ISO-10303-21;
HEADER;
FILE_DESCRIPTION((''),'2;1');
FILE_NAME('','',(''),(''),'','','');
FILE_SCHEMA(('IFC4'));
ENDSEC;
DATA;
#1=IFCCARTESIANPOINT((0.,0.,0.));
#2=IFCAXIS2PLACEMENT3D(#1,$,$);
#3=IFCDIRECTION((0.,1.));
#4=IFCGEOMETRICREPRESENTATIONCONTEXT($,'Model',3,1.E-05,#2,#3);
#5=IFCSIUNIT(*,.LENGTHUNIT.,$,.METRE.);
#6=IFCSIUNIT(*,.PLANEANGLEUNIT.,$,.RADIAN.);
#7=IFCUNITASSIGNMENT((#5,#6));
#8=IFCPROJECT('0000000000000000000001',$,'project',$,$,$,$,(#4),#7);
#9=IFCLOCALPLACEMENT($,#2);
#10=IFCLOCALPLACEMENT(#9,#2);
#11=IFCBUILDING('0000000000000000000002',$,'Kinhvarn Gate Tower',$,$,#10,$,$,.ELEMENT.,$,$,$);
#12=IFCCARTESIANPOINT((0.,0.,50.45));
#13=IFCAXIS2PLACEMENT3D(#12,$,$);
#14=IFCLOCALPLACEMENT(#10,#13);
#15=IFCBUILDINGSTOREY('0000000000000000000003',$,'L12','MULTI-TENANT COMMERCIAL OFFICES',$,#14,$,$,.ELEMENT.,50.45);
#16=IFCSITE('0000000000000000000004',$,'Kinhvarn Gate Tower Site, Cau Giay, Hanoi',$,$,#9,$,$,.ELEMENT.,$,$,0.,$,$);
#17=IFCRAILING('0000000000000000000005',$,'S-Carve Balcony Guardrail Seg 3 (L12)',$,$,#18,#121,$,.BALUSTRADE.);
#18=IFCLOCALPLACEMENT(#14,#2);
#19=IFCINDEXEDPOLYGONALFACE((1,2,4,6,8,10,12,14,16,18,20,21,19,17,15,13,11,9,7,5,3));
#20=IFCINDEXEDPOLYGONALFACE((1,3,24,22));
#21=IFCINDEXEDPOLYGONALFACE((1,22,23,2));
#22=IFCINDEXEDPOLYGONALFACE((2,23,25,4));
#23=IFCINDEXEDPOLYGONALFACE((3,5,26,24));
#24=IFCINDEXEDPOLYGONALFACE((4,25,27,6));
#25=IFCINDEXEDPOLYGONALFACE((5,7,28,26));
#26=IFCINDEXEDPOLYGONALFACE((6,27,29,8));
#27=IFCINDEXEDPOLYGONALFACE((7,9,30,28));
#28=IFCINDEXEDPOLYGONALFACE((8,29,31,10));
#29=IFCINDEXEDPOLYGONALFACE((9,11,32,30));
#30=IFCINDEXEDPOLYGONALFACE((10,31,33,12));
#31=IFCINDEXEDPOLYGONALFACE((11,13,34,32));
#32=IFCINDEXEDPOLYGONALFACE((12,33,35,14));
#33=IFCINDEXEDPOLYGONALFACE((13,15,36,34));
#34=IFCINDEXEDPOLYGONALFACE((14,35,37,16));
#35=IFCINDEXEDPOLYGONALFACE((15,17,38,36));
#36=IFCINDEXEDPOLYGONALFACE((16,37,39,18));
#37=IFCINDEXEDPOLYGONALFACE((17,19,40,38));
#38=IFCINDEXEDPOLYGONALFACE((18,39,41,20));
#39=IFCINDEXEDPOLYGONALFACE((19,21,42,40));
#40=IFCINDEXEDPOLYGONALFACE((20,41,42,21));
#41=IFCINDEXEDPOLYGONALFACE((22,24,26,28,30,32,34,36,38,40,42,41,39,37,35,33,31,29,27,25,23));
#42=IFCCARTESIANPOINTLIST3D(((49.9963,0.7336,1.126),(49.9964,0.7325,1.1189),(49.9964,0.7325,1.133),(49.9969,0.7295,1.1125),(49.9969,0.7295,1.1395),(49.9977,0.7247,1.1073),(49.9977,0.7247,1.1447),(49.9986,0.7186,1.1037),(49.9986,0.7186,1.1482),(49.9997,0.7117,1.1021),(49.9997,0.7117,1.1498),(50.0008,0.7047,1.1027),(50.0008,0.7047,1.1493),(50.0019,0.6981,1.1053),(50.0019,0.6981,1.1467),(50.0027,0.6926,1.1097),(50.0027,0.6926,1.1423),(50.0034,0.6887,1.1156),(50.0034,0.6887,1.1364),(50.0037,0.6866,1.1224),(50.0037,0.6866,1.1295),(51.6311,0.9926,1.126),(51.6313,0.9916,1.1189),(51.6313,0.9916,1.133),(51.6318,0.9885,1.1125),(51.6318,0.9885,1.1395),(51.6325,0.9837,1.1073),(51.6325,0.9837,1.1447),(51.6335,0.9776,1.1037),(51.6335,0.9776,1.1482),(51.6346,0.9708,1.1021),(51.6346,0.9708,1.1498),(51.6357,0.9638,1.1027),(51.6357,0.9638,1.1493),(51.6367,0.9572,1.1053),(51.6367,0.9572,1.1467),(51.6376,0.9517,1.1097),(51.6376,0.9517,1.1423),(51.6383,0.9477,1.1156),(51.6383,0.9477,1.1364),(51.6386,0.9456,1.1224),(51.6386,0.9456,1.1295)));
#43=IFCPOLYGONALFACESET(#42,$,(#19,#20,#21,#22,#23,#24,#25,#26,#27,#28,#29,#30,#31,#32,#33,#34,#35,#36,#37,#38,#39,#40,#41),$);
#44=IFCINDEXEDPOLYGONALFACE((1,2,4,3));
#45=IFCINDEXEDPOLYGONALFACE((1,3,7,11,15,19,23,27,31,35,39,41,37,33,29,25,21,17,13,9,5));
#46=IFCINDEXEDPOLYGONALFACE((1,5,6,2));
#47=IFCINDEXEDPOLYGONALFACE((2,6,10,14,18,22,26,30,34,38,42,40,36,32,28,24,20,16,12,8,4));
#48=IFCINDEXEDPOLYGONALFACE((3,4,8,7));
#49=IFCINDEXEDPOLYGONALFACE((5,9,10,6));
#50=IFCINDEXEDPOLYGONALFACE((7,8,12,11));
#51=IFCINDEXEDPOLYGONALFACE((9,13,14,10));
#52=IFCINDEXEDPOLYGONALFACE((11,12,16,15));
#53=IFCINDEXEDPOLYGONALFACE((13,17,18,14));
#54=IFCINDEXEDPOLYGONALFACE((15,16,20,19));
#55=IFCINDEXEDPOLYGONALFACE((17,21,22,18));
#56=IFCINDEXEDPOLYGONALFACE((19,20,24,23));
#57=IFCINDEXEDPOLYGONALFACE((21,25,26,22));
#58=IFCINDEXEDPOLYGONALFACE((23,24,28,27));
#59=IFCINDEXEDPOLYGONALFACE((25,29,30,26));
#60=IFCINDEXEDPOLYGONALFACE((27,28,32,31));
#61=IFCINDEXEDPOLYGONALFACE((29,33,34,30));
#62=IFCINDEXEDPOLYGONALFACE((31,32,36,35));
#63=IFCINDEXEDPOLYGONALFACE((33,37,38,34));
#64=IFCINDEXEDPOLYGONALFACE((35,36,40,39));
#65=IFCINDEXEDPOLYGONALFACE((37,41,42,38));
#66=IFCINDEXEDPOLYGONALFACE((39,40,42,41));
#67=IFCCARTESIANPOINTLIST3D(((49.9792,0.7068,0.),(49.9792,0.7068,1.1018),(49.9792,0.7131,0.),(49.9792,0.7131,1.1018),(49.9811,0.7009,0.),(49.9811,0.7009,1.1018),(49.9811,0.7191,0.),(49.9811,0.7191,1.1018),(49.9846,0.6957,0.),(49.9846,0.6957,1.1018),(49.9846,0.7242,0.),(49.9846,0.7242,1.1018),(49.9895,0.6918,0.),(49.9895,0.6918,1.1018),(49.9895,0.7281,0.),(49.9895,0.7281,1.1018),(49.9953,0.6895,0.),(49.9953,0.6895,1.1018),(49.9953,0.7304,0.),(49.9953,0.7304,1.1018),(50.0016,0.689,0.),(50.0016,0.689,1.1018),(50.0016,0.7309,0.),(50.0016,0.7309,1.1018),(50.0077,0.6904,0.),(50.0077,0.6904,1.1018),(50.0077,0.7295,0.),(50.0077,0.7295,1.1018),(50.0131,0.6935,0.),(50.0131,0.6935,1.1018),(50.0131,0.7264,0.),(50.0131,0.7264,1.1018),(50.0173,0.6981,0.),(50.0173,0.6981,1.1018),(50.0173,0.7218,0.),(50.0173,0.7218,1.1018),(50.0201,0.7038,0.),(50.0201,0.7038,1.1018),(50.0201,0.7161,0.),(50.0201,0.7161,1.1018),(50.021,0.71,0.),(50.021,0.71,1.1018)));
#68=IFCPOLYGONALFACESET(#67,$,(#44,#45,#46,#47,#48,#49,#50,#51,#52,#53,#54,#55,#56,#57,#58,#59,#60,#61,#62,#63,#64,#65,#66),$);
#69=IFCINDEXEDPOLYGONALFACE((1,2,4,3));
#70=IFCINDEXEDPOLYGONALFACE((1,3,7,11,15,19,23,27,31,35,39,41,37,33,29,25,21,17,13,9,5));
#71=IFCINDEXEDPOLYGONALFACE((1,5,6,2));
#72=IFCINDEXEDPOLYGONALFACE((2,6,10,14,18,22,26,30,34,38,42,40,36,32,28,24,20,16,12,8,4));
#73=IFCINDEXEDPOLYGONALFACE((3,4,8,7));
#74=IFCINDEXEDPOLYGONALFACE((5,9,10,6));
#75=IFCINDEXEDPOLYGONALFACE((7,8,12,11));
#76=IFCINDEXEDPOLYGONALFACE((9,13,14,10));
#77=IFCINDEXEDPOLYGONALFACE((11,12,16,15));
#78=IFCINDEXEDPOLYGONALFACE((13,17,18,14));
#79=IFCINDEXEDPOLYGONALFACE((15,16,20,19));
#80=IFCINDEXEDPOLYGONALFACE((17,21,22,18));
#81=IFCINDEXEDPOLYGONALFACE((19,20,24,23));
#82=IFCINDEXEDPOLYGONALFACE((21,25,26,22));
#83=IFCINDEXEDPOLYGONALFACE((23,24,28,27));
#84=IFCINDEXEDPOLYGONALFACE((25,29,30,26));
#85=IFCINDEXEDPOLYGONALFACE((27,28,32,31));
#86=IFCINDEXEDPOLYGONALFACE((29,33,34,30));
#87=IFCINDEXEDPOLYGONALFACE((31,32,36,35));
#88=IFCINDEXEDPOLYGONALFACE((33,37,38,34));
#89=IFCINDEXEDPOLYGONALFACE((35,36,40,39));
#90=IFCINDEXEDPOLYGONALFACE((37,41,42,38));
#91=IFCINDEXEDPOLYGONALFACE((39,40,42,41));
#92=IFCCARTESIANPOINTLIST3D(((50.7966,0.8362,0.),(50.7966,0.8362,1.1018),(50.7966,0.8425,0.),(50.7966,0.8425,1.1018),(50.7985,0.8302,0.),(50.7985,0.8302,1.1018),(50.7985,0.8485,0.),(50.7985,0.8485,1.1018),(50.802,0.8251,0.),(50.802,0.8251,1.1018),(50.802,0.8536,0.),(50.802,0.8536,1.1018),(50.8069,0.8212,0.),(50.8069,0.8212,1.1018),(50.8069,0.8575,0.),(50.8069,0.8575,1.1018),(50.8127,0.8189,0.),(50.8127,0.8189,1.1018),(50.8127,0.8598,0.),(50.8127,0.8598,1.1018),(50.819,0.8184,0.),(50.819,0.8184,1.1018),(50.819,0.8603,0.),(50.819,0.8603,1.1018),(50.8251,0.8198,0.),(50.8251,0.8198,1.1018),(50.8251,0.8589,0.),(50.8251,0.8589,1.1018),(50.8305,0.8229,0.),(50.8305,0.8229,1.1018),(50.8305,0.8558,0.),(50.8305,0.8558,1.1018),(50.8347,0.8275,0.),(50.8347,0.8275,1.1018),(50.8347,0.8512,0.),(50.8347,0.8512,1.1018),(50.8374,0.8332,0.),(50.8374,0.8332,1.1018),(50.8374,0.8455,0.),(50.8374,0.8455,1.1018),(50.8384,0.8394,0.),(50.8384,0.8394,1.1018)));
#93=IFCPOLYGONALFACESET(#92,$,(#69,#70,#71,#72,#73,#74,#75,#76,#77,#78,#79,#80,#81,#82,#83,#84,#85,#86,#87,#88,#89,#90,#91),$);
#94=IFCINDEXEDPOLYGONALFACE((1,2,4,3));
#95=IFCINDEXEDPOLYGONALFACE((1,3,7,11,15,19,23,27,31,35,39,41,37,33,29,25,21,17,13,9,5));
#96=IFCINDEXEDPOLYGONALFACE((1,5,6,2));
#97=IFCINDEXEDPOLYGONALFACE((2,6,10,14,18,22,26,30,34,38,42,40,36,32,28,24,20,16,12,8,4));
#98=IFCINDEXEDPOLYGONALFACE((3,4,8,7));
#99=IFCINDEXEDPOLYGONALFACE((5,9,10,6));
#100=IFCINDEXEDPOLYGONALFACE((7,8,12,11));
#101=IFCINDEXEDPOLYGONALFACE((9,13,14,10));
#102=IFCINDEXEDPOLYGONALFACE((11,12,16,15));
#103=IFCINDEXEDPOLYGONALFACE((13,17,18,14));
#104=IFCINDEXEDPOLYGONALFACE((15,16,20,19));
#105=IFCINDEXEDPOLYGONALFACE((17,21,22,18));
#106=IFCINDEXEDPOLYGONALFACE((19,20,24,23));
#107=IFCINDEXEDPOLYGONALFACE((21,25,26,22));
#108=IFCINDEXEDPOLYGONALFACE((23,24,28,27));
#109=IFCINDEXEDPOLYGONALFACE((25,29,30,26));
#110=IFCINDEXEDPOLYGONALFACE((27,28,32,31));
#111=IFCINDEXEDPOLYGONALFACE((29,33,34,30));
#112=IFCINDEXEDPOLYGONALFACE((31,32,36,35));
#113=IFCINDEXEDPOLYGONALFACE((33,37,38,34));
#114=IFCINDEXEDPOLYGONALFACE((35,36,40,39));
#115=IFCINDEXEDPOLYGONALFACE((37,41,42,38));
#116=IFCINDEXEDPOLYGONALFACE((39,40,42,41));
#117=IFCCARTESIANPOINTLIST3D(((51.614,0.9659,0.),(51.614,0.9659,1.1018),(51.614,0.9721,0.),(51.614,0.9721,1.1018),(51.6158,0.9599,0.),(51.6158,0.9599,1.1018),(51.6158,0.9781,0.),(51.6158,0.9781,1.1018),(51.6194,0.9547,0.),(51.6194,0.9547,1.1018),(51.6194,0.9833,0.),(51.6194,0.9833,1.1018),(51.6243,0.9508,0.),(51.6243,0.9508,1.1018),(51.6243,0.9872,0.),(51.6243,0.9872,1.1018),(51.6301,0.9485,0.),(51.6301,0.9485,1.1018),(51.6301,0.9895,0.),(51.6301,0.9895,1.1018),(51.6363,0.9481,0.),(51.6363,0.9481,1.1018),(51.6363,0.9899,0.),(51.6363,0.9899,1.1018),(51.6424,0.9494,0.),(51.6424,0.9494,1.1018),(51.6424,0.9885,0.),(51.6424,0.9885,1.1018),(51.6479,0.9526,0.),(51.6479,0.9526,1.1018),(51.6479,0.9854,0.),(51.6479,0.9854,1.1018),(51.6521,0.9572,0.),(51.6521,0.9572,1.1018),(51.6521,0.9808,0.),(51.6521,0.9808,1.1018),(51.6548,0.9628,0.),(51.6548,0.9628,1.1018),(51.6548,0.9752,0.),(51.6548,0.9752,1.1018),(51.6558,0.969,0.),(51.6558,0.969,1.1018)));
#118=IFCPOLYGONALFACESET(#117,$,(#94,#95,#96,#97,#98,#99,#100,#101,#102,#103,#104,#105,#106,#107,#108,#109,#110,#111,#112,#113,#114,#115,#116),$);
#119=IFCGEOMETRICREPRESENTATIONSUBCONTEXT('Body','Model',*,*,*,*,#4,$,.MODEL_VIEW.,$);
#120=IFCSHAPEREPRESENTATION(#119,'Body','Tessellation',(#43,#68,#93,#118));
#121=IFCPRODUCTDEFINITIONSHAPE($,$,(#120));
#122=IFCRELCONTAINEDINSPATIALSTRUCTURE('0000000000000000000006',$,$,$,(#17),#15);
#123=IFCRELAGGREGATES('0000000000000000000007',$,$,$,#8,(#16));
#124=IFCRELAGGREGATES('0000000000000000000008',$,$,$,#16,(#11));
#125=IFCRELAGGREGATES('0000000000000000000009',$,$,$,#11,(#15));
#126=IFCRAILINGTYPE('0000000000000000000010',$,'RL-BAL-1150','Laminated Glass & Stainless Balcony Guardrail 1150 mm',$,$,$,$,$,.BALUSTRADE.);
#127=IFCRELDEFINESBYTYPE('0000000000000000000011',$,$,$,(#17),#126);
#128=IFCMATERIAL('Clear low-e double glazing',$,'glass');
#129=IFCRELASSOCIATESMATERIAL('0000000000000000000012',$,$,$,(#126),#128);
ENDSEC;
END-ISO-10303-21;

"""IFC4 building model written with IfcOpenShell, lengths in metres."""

from ifc_helpers import new_model, si_unit, direction, frame, origin, origin_2d, place, context, subcontext, project, spatial, circle, extrude, material, type_object, element, save


model = new_model("IFC4")

# Units and contexts
model_context = context("Model", 3, precision=1e-05, world=origin(), true_north=direction((0.0, 1.0)))
body_context = subcontext(model_context, "Body", "Model", "MODEL_VIEW")
ifc_project = project(units=[si_unit("LENGTHUNIT", "METRE"), si_unit("PLANEANGLEUNIT", "RADIAN")], contexts=[model_context])

# Site, building, storey
site_placement = place(None, origin())
site = spatial("IfcSite", under=ifc_project, at=site_placement, Name="Kinhvarn Gate Tower Site, Cau Giay, Hanoi", CompositionType="ELEMENT", RefElevation=0.0)
building_placement = place(site_placement, origin())
building = spatial("IfcBuilding", under=site, at=building_placement, Name="Kinhvarn Gate Tower", CompositionType="ELEMENT")
storey_placement = place(building_placement, frame((0.0, 0.0, 50.45)))
storey = spatial("IfcBuildingStorey", under=building, at=storey_placement, Name="L12", Description="MULTI-TENANT COMMERCIAL OFFICES", CompositionType="ELEMENT", Elevation=50.45)

# Shared definitions
ifc_material_1 = material(Name="Clear low-e double glazing", Category="glass")

# Railing
railing_type = type_object("IfcRailingType", Name="RL-BAL-1150", Description="Laminated Glass & Stainless Balcony Guardrail 1150 mm", PredefinedType="BALUSTRADE", material=ifc_material_1)
railing_1_placement = place(storey_placement, frame((50.0, 0.71, 0.0)))
element("IfcRailing", 1, at=railing_1_placement, inside=storey, type_object=railing_type, Name="S-Carve Balcony Guardrail Seg 3 (L12)", PredefinedType="BALUSTRADE", context=body_context, shape_type="SweptSolid", body=[
    extrude(circle(Radius=0.0239, at=origin_2d()), frame((0.0, 0.0, 1.126), z_axis=(0.987678, 0.1565, 0.0), x_axis=(-0.1565, 0.987678, 0.0)), (0.0, 0.0, 1.0), 1.6553),
    extrude(circle(Radius=0.021, at=origin_2d()), origin(), (0.0, 0.0, 1.0), 1.1018),
    extrude(circle(Radius=0.021, at=origin_2d()), frame((0.8174, 0.1294, 0.0)), (0.0, 0.0, 1.0), 1.1018),
    extrude(circle(Radius=0.021, at=origin_2d()), frame((1.6348, 0.259, 0.0)), (0.0, 0.0, 1.0), 1.1018),
])

save(model, "model.ifc")
